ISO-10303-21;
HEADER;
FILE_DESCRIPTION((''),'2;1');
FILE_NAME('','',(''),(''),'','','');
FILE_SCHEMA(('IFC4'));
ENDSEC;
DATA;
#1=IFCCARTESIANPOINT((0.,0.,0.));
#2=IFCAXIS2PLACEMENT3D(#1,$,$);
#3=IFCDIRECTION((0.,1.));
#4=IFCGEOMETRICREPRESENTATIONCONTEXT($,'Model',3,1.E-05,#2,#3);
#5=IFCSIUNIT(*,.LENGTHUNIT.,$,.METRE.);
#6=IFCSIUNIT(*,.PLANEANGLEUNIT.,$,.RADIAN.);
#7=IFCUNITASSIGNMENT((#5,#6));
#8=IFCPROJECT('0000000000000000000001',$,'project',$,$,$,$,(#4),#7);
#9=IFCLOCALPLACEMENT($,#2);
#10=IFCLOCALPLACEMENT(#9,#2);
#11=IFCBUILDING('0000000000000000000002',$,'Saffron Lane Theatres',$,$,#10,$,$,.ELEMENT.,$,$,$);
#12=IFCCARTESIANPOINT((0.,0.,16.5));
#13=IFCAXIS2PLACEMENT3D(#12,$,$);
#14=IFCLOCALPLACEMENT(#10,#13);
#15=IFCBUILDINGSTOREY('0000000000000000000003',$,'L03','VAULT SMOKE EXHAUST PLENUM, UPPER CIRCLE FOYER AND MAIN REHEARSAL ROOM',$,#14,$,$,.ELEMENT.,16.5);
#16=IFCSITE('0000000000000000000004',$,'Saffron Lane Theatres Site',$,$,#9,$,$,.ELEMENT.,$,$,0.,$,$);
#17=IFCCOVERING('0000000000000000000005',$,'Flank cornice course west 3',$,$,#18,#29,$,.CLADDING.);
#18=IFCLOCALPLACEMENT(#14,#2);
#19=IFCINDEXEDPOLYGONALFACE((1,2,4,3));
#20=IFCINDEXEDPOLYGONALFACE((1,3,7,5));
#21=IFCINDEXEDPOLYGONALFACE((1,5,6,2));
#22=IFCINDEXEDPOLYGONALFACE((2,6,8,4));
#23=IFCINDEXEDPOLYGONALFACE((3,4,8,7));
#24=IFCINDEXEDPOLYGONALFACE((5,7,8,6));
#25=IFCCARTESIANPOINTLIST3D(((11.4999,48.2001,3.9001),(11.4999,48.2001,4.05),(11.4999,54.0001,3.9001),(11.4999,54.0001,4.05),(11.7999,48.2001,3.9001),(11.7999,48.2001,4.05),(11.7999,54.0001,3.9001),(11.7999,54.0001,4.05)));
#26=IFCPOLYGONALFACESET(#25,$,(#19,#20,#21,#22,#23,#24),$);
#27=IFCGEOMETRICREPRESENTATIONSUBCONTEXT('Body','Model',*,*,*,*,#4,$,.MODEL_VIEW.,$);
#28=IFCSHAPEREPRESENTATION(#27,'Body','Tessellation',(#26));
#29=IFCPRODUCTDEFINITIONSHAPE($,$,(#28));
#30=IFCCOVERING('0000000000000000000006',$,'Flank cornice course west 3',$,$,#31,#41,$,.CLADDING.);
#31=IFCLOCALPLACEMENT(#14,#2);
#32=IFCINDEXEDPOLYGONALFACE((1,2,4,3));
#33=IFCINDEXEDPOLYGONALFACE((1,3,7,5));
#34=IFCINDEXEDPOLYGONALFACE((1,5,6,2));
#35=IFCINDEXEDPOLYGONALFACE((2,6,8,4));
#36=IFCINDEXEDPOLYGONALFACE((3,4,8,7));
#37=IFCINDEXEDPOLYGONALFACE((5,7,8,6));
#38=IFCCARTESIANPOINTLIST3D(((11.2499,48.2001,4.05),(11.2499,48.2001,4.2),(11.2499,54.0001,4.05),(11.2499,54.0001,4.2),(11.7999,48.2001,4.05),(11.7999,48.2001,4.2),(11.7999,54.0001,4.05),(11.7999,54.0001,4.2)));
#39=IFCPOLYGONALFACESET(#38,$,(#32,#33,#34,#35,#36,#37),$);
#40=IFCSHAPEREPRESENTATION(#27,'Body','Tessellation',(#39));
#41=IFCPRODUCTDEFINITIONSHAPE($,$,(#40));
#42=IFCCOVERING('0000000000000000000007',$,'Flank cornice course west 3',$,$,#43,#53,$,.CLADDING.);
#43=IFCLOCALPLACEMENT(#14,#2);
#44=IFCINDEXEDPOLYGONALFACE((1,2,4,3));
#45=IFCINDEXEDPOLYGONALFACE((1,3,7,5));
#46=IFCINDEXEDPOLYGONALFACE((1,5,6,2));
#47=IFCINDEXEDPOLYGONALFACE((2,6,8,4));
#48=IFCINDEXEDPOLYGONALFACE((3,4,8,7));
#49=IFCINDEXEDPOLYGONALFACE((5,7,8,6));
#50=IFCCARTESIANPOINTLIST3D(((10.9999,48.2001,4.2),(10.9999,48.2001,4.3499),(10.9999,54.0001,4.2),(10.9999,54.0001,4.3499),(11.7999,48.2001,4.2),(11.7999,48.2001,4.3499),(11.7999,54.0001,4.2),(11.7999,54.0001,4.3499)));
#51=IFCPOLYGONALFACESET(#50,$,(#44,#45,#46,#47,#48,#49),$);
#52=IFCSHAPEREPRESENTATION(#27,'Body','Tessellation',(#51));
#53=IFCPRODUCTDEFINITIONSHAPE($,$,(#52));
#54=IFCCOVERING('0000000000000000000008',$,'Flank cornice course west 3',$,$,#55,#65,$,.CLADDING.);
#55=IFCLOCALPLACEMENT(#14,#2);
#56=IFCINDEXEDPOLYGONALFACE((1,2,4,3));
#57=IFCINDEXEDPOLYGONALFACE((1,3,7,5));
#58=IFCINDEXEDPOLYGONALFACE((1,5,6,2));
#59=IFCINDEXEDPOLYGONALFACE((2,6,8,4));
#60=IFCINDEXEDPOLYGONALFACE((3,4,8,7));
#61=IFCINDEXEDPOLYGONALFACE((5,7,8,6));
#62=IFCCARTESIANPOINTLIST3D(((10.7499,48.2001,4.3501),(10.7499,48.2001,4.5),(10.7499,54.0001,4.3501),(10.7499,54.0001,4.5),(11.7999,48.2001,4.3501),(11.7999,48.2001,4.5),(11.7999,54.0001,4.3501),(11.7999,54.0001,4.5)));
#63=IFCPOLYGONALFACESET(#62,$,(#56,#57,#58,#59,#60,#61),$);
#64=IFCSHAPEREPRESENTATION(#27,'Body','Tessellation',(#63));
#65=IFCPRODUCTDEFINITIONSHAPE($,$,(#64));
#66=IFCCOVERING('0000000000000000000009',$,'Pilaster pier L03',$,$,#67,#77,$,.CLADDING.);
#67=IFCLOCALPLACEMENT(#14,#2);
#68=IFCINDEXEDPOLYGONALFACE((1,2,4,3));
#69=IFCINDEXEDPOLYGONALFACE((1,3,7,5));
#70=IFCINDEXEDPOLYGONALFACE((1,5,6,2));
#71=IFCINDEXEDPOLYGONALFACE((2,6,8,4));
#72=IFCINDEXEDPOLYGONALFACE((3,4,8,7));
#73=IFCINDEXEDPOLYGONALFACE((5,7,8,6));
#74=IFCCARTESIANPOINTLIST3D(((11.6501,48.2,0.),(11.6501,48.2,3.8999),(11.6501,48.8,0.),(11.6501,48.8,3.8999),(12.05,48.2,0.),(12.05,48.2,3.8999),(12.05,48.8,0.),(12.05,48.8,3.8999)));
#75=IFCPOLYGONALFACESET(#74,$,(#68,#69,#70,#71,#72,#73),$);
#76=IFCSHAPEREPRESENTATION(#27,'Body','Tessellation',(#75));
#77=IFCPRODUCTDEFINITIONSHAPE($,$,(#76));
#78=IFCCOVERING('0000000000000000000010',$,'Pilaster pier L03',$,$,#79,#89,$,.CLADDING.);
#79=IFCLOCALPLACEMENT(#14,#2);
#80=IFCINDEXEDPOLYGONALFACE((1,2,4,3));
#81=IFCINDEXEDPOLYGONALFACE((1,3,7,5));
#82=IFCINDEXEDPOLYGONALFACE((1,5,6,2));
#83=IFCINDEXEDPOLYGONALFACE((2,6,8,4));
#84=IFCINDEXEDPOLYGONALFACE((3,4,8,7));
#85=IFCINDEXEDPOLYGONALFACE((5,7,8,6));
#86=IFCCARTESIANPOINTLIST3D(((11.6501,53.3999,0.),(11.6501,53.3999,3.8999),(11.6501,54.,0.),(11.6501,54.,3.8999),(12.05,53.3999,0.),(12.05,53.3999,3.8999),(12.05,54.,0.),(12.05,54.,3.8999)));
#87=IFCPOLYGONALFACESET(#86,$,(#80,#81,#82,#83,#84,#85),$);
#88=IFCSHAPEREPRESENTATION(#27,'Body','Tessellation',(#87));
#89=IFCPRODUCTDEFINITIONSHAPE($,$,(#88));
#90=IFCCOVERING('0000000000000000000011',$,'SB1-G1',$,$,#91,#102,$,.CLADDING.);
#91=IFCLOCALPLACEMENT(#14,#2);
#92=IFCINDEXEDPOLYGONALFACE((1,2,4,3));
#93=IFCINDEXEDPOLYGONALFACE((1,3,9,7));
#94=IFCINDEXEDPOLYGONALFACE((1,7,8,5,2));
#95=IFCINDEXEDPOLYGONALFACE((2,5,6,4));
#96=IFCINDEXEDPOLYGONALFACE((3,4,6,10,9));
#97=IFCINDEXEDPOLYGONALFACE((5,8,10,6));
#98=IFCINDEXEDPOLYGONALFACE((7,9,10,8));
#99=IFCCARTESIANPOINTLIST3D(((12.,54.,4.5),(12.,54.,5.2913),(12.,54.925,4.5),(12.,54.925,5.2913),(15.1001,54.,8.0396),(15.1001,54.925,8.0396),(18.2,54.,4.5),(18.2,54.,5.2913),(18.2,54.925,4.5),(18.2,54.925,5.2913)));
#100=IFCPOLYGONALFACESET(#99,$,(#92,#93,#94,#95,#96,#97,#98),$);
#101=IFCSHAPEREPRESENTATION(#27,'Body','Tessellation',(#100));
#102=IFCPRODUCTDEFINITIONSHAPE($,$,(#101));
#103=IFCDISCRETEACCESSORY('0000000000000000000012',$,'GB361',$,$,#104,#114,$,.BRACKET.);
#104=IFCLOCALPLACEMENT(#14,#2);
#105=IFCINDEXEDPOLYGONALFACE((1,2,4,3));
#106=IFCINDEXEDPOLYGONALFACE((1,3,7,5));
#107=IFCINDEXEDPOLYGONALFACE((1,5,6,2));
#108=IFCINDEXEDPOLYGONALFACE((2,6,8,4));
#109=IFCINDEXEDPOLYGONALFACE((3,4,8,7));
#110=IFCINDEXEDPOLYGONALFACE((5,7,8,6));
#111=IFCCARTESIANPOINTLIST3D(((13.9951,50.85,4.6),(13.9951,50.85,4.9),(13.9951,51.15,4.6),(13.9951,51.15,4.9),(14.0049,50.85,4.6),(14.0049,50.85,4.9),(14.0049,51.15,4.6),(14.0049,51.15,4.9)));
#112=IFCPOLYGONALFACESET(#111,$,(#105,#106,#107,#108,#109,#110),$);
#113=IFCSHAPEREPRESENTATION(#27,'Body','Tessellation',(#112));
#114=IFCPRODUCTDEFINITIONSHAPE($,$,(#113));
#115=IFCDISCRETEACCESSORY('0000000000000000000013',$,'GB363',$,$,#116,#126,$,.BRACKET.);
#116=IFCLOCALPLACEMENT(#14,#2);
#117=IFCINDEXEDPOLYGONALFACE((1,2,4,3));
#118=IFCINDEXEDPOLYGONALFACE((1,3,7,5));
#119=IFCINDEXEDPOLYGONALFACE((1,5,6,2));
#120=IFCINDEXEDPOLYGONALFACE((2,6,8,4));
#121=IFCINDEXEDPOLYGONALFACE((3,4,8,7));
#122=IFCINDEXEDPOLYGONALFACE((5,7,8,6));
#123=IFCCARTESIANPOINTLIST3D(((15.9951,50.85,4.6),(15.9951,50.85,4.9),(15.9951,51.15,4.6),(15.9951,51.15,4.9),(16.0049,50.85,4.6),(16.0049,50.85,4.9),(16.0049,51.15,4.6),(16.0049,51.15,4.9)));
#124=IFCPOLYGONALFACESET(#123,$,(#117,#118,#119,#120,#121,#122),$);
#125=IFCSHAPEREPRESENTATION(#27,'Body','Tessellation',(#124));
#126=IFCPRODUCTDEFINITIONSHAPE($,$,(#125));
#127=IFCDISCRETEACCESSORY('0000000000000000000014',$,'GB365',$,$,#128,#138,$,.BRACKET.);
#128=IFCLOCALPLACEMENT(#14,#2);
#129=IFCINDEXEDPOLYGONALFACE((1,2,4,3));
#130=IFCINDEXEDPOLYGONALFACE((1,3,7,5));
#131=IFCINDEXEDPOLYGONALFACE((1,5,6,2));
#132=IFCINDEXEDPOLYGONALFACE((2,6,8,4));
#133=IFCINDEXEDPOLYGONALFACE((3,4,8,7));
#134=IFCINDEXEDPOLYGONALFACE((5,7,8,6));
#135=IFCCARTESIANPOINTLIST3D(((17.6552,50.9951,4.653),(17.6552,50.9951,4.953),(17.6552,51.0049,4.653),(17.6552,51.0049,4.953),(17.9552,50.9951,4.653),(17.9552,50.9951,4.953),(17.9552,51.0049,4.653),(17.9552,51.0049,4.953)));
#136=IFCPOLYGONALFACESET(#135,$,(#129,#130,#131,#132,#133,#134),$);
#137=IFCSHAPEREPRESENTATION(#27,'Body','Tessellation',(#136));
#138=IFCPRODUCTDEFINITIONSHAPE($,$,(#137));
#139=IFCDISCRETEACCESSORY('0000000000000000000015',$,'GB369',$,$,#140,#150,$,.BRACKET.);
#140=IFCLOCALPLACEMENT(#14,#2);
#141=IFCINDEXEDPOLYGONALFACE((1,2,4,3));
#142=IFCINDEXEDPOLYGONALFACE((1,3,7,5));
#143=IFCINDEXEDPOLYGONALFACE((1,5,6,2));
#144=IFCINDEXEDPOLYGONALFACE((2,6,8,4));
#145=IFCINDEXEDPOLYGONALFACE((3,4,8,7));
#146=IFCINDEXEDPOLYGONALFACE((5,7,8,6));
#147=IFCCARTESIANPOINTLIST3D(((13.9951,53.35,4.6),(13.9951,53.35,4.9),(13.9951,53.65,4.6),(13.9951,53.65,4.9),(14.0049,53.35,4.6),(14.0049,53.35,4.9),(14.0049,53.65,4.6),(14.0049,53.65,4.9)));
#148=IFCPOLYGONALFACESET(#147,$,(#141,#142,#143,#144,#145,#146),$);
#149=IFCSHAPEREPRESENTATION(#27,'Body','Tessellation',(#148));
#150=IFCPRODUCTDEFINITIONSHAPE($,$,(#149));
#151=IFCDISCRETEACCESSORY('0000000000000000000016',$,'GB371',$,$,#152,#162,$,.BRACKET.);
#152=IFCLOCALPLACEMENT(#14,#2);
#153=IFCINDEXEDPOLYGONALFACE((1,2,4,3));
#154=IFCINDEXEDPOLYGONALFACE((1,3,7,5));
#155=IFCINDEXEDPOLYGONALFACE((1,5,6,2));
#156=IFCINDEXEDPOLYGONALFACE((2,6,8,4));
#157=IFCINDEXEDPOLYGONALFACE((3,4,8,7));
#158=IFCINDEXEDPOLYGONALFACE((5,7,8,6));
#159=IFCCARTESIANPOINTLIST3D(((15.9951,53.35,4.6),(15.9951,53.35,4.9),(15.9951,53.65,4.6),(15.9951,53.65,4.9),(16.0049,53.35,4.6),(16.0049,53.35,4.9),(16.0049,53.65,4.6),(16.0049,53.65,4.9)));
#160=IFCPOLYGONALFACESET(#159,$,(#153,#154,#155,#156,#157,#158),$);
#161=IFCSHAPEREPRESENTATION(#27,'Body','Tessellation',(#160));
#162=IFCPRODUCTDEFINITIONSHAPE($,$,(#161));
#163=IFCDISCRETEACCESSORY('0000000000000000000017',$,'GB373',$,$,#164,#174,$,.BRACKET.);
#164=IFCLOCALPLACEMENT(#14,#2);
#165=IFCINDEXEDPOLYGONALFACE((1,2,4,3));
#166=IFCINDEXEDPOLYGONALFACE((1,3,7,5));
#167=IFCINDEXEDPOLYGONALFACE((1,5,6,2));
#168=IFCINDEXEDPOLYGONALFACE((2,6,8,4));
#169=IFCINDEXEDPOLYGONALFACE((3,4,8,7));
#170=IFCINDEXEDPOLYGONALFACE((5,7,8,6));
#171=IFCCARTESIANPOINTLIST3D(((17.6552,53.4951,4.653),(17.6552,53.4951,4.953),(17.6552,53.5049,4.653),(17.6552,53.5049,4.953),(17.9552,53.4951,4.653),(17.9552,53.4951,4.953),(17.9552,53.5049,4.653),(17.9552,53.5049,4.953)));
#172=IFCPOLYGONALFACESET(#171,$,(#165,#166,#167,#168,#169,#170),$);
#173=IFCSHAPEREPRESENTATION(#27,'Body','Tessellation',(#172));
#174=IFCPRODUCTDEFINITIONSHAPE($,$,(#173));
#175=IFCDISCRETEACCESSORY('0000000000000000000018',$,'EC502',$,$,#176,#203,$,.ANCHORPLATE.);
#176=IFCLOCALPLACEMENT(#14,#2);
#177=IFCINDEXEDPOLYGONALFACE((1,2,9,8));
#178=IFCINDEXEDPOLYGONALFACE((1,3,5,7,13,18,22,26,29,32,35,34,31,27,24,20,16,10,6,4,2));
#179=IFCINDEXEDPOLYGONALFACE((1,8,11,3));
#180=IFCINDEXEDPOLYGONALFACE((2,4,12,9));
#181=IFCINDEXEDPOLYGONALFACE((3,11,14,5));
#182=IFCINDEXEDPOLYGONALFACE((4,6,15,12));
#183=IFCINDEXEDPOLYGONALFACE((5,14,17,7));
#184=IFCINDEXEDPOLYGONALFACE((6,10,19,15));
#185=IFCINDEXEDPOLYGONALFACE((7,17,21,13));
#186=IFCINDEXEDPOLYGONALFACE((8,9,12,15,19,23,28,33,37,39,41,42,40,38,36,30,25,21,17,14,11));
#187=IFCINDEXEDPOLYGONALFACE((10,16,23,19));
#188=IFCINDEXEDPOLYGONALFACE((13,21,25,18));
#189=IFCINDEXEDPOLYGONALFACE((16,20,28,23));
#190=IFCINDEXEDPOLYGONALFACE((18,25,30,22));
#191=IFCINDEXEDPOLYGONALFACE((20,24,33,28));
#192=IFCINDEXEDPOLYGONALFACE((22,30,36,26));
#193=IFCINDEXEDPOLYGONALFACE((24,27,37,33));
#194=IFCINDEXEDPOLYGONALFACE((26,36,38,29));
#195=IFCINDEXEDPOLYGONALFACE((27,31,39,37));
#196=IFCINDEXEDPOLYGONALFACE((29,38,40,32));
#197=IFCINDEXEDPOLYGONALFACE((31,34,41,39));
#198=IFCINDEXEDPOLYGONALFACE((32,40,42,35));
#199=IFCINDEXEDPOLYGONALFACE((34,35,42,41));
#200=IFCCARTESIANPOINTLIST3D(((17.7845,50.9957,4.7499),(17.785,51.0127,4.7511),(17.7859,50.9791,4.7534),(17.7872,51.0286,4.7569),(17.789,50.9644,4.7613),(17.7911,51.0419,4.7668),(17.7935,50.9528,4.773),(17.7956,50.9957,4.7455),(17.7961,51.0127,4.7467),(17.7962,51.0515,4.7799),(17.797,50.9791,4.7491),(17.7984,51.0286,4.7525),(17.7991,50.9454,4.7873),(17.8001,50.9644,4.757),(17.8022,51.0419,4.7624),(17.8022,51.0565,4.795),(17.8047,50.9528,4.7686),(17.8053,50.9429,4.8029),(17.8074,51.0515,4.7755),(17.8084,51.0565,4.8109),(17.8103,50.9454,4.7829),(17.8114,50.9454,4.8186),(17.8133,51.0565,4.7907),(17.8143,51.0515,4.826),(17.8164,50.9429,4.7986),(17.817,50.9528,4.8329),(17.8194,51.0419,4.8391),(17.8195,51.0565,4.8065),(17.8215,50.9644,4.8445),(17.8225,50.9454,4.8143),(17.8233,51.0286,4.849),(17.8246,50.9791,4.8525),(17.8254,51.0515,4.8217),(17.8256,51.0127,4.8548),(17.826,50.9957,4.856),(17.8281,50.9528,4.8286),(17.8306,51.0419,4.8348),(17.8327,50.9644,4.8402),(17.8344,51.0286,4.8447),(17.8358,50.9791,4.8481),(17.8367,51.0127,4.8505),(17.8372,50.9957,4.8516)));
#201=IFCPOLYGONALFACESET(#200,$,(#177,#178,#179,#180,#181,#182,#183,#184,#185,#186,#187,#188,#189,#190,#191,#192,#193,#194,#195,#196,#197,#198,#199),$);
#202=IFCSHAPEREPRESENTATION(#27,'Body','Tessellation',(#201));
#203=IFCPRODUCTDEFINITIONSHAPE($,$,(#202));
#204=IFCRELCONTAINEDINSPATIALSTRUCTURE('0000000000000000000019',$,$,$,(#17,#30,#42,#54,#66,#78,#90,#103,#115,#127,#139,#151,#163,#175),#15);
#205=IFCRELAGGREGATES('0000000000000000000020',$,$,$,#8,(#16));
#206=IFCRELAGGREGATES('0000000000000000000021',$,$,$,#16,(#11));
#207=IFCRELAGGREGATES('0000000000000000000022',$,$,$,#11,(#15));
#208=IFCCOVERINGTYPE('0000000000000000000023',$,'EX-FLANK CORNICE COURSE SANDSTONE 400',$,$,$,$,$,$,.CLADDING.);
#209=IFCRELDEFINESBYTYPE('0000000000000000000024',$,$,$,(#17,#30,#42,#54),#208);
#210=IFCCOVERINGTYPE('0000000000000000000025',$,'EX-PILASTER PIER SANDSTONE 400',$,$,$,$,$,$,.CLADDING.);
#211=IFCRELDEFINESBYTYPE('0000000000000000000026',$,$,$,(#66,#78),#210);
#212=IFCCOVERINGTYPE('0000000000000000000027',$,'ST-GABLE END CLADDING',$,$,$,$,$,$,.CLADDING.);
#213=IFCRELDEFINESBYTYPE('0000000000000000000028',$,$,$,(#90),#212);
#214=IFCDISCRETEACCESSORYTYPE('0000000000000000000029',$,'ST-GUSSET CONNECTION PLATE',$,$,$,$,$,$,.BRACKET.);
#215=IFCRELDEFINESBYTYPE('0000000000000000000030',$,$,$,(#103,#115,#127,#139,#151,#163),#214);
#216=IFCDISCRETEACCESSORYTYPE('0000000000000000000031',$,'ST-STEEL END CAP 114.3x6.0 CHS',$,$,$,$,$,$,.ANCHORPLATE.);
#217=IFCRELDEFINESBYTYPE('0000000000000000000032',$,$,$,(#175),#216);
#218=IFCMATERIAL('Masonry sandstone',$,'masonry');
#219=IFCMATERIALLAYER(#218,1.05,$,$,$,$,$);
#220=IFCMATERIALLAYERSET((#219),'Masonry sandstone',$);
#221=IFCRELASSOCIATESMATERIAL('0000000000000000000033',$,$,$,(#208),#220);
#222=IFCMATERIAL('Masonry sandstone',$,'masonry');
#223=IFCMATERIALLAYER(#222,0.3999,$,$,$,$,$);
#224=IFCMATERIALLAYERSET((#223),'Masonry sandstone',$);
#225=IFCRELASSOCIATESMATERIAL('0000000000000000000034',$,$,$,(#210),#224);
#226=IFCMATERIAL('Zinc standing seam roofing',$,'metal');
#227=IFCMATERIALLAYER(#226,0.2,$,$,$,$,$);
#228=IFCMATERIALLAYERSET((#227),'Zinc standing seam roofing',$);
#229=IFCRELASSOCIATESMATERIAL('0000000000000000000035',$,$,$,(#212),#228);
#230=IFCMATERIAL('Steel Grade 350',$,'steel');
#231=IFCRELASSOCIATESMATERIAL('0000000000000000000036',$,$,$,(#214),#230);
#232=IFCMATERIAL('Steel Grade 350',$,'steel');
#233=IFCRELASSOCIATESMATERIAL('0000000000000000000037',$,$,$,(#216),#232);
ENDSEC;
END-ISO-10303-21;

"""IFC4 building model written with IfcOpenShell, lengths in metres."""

from ifc_helpers import new_model, si_unit, direction, frame, origin, origin_2d, place, context, subcontext, project, spatial, polyline, rectangle, circle, outline, extrude, material, layer, layer_set, material_profile, profile_set, type_object, element, save


model = new_model("IFC4")

# Units and contexts
model_context = context("Model", 3, precision=1e-05, world=origin(), true_north=direction((0.0, 1.0)))
body_context = subcontext(model_context, "Body", "Model", "MODEL_VIEW")
ifc_project = project(units=[si_unit("LENGTHUNIT", "METRE"), si_unit("PLANEANGLEUNIT", "RADIAN")], contexts=[model_context])

# Site, building, storey
site_placement = place(None, origin())
site = spatial("IfcSite", under=ifc_project, at=site_placement, Name="Saffron Lane Theatres Site", CompositionType="ELEMENT", RefElevation=0.0)
building_placement = place(site_placement, origin())
building = spatial("IfcBuilding", under=site, at=building_placement, Name="Saffron Lane Theatres", CompositionType="ELEMENT")
storey_placement = place(building_placement, frame((0.0, 0.0, 16.5)))
storey = spatial("IfcBuildingStorey", under=building, at=storey_placement, Name="L03", Description="VAULT SMOKE EXHAUST PLENUM, UPPER CIRCLE FOYER AND MAIN REHEARSAL ROOM", CompositionType="ELEMENT", Elevation=16.5)

# Coverings
ifc_material_1 = material(Name="Masonry sandstone", Category="masonry")
ifc_layer_1 = layer(ifc_material_1, 1.05)
ifc_layer_set_1 = layer_set([ifc_layer_1], Name="Masonry sandstone")
covering_type_1 = type_object("IfcCoveringType", Name="EX-FLANK CORNICE COURSE SANDSTONE 400", PredefinedType="CLADDING", material=ifc_layer_set_1)
covering_1_placement = place(storey_placement, frame((11.6499, 51.1001, 3.9001), z_axis=(0.0, 0.0, 1.0), x_axis=(0.0, 1.0, 0.0)))
element("IfcCovering", 1, at=covering_1_placement, inside=storey, type_object=covering_type_1, Name="Flank cornice course west 3", PredefinedType="CLADDING", context=body_context, shape_type="SweptSolid", body=[
    extrude(rectangle(XDim=5.8, YDim=0.3, at=origin_2d()), origin(), (0.0, 0.0, 1.0), 0.1499),
])
covering_2_placement = place(storey_placement, frame((11.5249, 51.1001, 4.05), z_axis=(0.0, 0.0, 1.0), x_axis=(0.0, 1.0, 0.0)))
element("IfcCovering", 2, at=covering_2_placement, inside=storey, type_object=covering_type_1, Name="Flank cornice course west 3", PredefinedType="CLADDING", context=body_context, shape_type="SweptSolid", body=[
    extrude(rectangle(XDim=5.8, YDim=0.55, at=origin_2d()), origin(), (0.0, 0.0, 1.0), 0.1499),
])
covering_3_placement = place(storey_placement, frame((11.3999, 51.1001, 4.2), z_axis=(0.0, 0.0, 1.0), x_axis=(0.0, 1.0, 0.0)))
element("IfcCovering", 3, at=covering_3_placement, inside=storey, type_object=covering_type_1, Name="Flank cornice course west 3", PredefinedType="CLADDING", context=body_context, shape_type="SweptSolid", body=[
    extrude(rectangle(XDim=5.8, YDim=0.8, at=origin_2d()), origin(), (0.0, 0.0, 1.0), 0.1499),
])
covering_4_placement = place(storey_placement, frame((11.2749, 51.1001, 4.3501), z_axis=(0.0, 0.0, 1.0), x_axis=(0.0, 1.0, 0.0)))
element("IfcCovering", 4, at=covering_4_placement, inside=storey, type_object=covering_type_1, Name="Flank cornice course west 3", PredefinedType="CLADDING", context=body_context, shape_type="SweptSolid", body=[
    extrude(rectangle(XDim=5.8, YDim=1.05, at=origin_2d()), origin(), (0.0, 0.0, 1.0), 0.1499),
])
ifc_material_2 = material(Name="Masonry sandstone", Category="masonry")
ifc_layer_2 = layer(ifc_material_2, 0.3999)
ifc_layer_set_2 = layer_set([ifc_layer_2], Name="Masonry sandstone")
covering_type_2 = type_object("IfcCoveringType", Name="EX-PILASTER PIER SANDSTONE 400", PredefinedType="CLADDING", material=ifc_layer_set_2)
for number, where, z_axis, x_axis, name in (
    (5, (11.8501, 48.5, 0.0), (0.0, 0.0, 1.0), (0.0, 1.0, 0.0), "Pilaster pier L03"),
    (6, (11.8501, 53.7, 0.0), (0.0, 0.0, 1.0), (0.0, 1.0, 0.0), "Pilaster pier L03"),
):
    element("IfcCovering", number, at=place(storey_placement, frame(where, z_axis=z_axis, x_axis=x_axis)), inside=storey, type_object=covering_type_2, Name=name, PredefinedType="CLADDING", context=body_context, shape_type="SweptSolid", body=[
        extrude(rectangle(XDim=0.6001, YDim=0.3999, at=origin_2d()), origin(), (0.0, 0.0, 1.0), 3.8999),
    ])
ifc_material_3 = material(Name="Zinc standing seam roofing", Category="metal")
ifc_layer_3 = layer(ifc_material_3, 0.2)
ifc_layer_set_3 = layer_set([ifc_layer_3], Name="Zinc standing seam roofing")
covering_type_3 = type_object("IfcCoveringType", Name="ST-GABLE END CLADDING", PredefinedType="CLADDING", material=ifc_layer_set_3)
covering_5_placement = place(storey_placement, frame((12.0, 54.0, 4.5), z_axis=(0.0, -1.0, 0.0), x_axis=(1.0, 0.0, 0.0)))
element("IfcCovering", 7, at=covering_5_placement, inside=storey, type_object=covering_type_3, Name="SB1-G1", PredefinedType="CLADDING", context=body_context, shape_type="SweptSolid", body=[
    extrude(outline(polyline([(0.0, 0.0), (6.2, 0.0), (6.2, 0.7913), (3.1001, 3.5396), (0.0, 0.7913), (0.0, 0.0)])), origin(), (0.0, 0.0, -1.0), 0.925),
])

# Discrete accessories
ifc_material_4 = material(Name="Steel Grade 350", Category="steel")
ifc_material_profile_1 = material_profile(ifc_material_4, rectangle(XDim=0.3, YDim=0.3, at=origin_2d()))
ifc_profile_set_1 = profile_set([ifc_material_profile_1], Name="Steel Grade 350")
discrete_accessory_type_1 = type_object("IfcDiscreteAccessoryType", Name="ST-GUSSET CONNECTION PLATE", PredefinedType="BRACKET", material=ifc_profile_set_1)
for number, where, z_axis, x_axis, name in (
    (8, (13.9951, 51.0, 4.75), (1.0, 0.0, 0.0), (0.0, 1.0, 0.0), "GB361"),
    (9, (15.9951, 51.0, 4.75), (1.0, 0.0, 0.0), (0.0, 1.0, 0.0), "GB363"),
    (10, (17.8052, 50.9951, 4.803), (0.0, 1.0, 0.0), (-1.0, 0.0, 0.0), "GB365"),
    (11, (13.9951, 53.5, 4.75), (1.0, 0.0, 0.0), (0.0, 1.0, 0.0), "GB369"),
    (12, (15.9951, 53.5, 4.75), (1.0, 0.0, 0.0), (0.0, 1.0, 0.0), "GB371"),
    (13, (17.8052, 53.4951, 4.803), (0.0, 1.0, 0.0), (-1.0, 0.0, 0.0), "GB373"),
):
    element("IfcDiscreteAccessory", number, at=place(storey_placement, frame(where, z_axis=z_axis, x_axis=x_axis)), inside=storey, type_object=discrete_accessory_type_1, Name=name, PredefinedType="BRACKET", context=body_context, shape_type="SweptSolid", body=[
        extrude(rectangle(XDim=0.3, YDim=0.3, at=origin_2d()), origin(), (0.0, 0.0, 1.0), 0.0098),
    ])
ifc_material_5 = material(Name="Steel Grade 350", Category="steel")
ifc_material_profile_2 = material_profile(ifc_material_5, circle(Radius=0.0571, at=origin_2d()))
ifc_profile_set_2 = profile_set([ifc_material_profile_2], Name="Steel Grade 350")
discrete_accessory_type_2 = type_object("IfcDiscreteAccessoryType", Name="ST-STEEL END CAP 114.3x6.0 CHS", PredefinedType="ANCHORPLATE", material=ifc_profile_set_2)
for number, where, z_axis, x_axis, name in (
    (14, (17.8164, 51.0, 4.7986), (-0.931243, 0.0, 0.364399), (0.0, -1.0, 0.0), "EC502"),
):
    element("IfcDiscreteAccessory", number, at=place(storey_placement, frame(where, z_axis=z_axis, x_axis=x_axis)), inside=storey, type_object=discrete_accessory_type_2, Name=name, PredefinedType="ANCHORPLATE", context=body_context, shape_type="SweptSolid", body=[
        extrude(circle(Radius=0.0571, at=origin_2d()), origin(), (0.0, 0.0, 1.0), 0.012),
    ])

save(model, "model.ifc")
